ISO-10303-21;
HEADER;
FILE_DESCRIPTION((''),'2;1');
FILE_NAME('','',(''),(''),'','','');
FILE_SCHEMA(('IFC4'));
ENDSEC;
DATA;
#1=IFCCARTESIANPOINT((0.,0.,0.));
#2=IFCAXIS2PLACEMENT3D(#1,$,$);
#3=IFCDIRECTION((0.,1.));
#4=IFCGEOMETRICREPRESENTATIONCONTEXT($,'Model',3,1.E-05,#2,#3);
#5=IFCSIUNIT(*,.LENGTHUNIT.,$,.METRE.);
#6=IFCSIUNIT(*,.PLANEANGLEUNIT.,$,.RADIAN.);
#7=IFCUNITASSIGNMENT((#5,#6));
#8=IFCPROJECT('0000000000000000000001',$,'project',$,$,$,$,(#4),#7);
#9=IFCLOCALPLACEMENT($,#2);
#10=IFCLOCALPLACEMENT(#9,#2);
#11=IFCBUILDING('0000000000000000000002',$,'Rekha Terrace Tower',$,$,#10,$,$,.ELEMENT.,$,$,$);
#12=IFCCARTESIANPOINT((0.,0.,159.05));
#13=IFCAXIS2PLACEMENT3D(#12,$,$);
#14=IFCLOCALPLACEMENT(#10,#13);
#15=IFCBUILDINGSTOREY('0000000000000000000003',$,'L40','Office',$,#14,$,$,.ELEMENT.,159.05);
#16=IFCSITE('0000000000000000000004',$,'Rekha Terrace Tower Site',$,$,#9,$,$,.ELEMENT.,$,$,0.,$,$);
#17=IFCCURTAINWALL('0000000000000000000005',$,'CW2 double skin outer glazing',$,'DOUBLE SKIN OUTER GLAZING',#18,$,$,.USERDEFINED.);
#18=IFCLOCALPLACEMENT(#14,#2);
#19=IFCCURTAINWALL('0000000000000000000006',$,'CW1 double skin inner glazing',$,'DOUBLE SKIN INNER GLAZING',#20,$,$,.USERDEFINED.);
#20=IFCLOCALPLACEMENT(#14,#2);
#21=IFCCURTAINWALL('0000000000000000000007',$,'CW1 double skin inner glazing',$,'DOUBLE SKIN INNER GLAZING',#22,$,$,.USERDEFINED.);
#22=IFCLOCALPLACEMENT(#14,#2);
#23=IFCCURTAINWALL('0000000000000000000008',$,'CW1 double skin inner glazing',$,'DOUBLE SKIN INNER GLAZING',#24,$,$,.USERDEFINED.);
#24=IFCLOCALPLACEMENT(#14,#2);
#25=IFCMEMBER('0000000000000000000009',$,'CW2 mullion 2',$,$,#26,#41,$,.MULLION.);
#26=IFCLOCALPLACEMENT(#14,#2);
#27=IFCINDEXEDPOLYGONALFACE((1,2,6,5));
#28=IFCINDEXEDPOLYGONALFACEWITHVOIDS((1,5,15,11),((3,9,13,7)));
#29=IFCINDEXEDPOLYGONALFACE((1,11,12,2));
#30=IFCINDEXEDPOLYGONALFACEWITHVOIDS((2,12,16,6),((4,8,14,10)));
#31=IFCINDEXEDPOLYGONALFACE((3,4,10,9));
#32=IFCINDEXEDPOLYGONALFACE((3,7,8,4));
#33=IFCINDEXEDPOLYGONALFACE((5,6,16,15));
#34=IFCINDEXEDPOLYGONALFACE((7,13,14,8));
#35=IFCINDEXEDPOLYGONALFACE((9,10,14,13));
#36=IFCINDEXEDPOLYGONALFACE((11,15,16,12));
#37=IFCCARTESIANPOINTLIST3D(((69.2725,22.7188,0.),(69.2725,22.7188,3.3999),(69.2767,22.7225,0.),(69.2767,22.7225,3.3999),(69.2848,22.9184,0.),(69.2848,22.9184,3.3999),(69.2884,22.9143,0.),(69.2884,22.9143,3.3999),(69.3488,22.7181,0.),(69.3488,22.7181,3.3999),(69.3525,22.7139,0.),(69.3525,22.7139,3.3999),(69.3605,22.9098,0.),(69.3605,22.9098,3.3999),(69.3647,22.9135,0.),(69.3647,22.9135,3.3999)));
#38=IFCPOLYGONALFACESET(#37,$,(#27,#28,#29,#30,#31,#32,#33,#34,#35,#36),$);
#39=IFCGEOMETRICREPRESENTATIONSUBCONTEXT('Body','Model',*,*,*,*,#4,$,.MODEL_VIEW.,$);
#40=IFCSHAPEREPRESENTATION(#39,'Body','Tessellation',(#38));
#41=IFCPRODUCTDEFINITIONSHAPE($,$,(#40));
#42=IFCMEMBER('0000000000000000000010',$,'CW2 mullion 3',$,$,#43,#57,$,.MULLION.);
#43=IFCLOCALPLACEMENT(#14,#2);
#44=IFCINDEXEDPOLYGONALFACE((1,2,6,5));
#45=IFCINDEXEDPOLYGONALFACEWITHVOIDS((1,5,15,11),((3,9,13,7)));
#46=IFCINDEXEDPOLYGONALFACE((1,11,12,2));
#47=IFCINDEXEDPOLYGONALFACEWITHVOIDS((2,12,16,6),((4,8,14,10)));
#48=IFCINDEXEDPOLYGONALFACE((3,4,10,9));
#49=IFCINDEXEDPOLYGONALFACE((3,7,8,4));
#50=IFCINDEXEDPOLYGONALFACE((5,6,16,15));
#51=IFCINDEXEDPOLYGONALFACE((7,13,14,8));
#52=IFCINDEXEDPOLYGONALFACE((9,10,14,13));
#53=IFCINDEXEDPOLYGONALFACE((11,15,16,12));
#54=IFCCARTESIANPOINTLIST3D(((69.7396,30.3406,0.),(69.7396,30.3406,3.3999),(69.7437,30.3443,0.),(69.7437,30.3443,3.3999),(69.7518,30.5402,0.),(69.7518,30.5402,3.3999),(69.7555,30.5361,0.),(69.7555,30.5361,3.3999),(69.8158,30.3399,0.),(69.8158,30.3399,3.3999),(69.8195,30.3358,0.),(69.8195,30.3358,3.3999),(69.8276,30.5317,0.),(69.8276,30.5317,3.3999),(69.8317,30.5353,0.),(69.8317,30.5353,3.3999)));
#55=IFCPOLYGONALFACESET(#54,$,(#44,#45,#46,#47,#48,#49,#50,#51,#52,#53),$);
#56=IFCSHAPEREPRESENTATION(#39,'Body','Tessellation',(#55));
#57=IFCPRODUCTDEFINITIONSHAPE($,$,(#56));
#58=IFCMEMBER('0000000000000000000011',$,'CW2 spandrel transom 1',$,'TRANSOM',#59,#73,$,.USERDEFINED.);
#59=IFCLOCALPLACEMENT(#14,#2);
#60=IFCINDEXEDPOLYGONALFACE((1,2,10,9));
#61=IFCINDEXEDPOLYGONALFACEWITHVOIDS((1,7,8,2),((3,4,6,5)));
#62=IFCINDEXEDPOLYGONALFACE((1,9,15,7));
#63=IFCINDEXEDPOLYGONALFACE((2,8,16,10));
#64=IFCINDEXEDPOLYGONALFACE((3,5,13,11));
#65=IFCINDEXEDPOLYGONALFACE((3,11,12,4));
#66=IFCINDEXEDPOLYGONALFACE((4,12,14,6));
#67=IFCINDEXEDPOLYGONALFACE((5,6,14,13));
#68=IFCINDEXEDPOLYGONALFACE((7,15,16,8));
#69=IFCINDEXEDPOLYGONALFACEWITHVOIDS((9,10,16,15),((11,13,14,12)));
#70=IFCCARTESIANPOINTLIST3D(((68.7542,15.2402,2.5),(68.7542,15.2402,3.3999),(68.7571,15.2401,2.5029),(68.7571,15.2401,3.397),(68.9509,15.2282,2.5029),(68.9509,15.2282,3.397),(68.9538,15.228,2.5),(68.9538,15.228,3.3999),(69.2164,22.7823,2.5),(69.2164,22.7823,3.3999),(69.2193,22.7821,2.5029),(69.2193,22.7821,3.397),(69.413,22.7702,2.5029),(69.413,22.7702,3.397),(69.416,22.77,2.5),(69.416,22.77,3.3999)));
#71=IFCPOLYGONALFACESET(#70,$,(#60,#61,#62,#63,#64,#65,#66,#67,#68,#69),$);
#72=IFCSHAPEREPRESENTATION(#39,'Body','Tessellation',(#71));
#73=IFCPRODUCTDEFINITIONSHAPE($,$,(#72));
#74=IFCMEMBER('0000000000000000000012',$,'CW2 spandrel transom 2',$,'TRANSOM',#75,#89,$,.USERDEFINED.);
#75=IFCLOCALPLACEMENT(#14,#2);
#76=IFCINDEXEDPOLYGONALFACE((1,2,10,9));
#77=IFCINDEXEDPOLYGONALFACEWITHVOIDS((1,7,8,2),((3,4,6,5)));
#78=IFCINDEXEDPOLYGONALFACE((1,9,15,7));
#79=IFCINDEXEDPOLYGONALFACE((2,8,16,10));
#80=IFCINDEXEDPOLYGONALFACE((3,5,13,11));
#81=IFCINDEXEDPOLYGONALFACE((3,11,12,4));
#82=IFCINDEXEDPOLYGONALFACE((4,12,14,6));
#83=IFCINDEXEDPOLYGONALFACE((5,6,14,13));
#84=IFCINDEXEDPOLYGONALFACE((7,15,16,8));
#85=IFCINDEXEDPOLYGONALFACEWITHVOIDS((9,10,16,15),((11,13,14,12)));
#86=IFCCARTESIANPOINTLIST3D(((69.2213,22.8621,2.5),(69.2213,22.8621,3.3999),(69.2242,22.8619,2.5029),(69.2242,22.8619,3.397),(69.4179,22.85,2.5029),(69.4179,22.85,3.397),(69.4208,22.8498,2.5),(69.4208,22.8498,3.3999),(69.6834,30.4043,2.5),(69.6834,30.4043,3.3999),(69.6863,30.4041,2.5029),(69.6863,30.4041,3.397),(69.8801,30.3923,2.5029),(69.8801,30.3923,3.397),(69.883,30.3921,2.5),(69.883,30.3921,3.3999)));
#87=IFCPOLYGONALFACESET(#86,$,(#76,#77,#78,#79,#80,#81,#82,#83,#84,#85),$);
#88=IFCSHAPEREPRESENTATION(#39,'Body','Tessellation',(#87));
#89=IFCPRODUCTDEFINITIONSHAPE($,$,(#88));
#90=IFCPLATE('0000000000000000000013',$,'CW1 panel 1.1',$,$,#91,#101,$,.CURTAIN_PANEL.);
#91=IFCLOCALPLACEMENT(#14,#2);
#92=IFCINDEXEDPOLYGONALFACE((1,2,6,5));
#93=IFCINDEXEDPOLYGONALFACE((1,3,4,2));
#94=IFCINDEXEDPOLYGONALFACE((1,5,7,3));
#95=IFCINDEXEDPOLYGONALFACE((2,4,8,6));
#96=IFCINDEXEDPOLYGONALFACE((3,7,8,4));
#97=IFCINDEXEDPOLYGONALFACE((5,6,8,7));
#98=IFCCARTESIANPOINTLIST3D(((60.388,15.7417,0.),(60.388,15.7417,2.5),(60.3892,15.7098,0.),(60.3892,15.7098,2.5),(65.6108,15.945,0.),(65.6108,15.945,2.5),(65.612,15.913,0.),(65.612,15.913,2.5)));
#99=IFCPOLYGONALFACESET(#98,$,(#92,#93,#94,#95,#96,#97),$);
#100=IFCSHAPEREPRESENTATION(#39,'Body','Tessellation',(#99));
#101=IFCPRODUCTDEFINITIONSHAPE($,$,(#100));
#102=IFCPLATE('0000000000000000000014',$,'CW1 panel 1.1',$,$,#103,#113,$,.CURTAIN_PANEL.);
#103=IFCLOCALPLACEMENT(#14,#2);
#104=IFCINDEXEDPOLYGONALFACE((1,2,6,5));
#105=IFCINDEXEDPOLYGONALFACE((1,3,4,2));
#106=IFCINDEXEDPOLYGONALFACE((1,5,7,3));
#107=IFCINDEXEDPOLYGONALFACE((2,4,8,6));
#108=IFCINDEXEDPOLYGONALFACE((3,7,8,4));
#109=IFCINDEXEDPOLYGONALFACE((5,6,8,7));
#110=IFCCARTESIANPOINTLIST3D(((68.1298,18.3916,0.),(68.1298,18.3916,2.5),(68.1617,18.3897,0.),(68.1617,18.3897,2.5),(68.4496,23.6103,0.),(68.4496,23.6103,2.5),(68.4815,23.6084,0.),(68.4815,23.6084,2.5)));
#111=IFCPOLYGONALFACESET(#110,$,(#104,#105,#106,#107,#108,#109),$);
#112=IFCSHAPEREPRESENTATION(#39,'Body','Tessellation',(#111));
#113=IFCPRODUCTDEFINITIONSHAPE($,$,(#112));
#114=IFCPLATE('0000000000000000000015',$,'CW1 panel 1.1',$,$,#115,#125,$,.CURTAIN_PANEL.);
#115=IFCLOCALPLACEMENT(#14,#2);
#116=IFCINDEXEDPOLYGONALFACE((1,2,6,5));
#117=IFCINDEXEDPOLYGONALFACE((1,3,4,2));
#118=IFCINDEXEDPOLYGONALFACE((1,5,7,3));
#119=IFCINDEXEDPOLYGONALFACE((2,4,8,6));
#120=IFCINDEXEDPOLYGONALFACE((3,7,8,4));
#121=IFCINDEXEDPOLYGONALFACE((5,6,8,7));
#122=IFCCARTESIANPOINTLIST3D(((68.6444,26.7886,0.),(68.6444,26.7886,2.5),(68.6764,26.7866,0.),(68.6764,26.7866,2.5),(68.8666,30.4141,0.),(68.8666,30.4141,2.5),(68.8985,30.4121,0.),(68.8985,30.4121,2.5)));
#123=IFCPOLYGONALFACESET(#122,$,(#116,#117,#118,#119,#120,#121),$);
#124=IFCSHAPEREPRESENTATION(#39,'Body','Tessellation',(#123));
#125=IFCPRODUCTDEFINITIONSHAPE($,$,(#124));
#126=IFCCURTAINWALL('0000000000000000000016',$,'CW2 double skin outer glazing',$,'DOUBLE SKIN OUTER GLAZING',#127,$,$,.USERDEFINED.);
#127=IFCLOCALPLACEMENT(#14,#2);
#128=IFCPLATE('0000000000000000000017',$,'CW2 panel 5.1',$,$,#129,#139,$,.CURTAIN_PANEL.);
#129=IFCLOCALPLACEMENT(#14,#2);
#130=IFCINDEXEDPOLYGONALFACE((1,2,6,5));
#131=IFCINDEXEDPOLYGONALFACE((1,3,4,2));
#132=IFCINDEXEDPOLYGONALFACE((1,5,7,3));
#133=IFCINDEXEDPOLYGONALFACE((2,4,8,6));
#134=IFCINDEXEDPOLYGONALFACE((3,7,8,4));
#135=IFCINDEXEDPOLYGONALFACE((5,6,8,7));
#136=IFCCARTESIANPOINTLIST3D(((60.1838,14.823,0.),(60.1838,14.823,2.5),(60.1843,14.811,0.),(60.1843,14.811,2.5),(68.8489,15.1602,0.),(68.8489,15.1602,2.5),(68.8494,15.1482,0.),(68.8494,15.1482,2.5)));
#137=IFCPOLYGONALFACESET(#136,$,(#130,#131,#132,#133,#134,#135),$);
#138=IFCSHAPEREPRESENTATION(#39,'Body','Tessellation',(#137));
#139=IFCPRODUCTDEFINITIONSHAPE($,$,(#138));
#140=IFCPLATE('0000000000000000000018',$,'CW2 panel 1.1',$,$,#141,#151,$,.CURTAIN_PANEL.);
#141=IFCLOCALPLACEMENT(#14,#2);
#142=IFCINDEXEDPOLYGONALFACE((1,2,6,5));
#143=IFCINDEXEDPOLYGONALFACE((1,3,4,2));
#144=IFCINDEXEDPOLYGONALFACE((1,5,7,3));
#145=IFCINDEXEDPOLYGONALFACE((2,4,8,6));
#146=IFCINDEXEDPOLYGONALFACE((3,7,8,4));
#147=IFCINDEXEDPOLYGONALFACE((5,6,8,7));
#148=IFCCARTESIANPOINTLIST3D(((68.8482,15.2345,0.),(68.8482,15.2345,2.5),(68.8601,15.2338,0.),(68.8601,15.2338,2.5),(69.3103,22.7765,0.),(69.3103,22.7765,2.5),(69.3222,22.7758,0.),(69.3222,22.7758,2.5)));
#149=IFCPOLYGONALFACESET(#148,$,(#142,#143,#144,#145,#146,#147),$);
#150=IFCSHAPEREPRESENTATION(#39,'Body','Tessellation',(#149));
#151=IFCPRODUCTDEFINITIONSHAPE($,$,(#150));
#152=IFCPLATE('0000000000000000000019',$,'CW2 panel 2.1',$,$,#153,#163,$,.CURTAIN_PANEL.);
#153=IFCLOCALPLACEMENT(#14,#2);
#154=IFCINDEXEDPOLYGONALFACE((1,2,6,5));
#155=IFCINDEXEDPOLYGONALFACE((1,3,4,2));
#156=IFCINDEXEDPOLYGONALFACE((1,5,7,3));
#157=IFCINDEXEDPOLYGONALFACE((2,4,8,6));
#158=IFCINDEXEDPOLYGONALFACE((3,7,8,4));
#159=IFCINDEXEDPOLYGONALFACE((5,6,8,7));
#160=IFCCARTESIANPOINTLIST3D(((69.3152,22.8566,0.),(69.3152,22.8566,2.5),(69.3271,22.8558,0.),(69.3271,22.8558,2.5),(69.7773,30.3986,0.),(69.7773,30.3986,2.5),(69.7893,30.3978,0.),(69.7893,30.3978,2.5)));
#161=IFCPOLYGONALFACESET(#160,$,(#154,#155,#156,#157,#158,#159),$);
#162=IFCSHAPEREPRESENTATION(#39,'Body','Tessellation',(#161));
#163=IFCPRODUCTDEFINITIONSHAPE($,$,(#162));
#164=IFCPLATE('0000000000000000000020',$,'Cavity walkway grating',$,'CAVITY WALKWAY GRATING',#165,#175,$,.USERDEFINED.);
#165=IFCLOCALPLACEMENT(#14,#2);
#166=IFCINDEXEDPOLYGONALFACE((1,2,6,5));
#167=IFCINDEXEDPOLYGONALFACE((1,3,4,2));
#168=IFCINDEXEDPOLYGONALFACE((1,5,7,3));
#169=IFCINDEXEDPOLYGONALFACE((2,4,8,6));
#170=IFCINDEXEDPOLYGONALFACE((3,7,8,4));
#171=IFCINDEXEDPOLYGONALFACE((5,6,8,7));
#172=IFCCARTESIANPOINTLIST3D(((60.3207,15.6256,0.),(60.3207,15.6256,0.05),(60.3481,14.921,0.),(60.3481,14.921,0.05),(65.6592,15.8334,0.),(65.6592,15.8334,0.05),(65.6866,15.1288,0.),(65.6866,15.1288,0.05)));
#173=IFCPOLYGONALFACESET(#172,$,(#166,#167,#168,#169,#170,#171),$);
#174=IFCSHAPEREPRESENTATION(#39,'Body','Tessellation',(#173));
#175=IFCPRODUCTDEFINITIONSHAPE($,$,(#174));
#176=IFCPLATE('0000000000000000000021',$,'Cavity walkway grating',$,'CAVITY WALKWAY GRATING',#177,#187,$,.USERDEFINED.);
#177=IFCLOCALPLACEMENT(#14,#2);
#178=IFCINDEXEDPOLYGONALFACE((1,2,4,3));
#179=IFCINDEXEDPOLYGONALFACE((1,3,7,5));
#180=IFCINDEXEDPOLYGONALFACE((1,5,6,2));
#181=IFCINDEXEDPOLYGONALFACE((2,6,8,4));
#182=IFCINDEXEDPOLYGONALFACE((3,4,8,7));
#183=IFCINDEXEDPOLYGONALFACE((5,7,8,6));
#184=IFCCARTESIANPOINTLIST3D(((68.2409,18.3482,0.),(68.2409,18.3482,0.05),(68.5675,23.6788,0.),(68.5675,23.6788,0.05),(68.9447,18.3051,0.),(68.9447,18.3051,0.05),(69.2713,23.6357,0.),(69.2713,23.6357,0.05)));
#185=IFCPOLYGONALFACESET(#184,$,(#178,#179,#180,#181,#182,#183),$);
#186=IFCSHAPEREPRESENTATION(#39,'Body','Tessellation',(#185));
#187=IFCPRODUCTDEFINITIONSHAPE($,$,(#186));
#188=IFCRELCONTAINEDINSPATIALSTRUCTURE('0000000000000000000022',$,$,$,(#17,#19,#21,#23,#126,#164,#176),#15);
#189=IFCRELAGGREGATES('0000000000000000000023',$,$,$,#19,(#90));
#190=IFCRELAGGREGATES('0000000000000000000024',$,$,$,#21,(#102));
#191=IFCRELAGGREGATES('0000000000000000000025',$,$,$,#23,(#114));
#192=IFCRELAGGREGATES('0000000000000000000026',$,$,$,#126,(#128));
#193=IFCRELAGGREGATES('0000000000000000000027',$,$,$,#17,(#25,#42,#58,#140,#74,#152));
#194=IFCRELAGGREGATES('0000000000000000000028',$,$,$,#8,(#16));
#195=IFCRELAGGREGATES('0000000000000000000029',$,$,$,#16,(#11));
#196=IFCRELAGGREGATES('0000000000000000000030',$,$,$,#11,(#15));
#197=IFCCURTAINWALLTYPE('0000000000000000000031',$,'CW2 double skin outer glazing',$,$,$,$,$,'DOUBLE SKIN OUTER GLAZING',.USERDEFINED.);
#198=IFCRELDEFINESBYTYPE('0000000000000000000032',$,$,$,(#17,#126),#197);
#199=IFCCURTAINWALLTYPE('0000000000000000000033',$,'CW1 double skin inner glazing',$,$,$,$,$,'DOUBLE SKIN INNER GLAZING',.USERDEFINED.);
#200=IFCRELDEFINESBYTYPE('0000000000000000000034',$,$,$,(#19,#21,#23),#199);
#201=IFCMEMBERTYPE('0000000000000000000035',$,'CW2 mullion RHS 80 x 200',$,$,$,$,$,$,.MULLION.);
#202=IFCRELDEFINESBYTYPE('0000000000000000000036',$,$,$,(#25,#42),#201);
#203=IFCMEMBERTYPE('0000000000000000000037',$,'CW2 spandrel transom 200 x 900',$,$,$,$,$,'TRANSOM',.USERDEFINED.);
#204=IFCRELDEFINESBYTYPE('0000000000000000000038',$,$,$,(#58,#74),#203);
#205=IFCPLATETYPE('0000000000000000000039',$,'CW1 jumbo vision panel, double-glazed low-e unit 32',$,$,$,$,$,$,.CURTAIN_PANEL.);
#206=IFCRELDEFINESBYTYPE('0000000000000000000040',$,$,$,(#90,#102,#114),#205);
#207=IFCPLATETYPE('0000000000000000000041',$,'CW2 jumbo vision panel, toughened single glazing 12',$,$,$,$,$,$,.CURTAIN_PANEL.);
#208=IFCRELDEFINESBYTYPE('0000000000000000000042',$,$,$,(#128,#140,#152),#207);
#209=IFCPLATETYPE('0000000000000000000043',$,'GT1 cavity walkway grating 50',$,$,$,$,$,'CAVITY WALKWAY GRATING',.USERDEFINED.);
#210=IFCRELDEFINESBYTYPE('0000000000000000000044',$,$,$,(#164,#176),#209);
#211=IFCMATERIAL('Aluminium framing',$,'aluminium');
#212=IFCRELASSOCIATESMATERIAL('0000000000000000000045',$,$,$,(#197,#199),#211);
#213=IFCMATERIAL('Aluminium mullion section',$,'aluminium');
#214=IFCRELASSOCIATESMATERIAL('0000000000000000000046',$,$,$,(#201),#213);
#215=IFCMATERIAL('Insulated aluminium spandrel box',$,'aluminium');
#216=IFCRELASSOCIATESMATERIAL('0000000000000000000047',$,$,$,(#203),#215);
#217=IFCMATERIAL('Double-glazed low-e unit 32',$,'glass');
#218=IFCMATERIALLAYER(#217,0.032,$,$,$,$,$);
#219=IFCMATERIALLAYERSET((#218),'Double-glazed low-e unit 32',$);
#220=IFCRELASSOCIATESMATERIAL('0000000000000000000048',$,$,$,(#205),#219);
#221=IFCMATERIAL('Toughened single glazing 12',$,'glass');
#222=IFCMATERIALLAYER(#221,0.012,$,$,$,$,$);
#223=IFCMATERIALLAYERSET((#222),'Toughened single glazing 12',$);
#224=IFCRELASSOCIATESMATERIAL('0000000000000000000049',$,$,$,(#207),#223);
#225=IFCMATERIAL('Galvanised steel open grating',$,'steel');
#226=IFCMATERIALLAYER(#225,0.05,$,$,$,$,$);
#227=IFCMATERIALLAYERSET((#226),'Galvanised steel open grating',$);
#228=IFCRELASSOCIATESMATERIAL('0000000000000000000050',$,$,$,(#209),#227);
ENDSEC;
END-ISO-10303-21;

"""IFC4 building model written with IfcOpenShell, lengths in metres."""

from ifc_helpers import new_model, si_unit, direction, frame, origin, origin_2d, place, context, subcontext, project, spatial, rectangle, hollow_rectangle, extrude, material, layer, layer_set, material_profile, profile_set, type_object, element, aggregate, save


model = new_model("IFC4")

# Units and contexts
model_context = context("Model", 3, precision=1e-05, world=origin(), true_north=direction((0.0, 1.0)))
body_context = subcontext(model_context, "Body", "Model", "MODEL_VIEW")
ifc_project = project(units=[si_unit("LENGTHUNIT", "METRE"), si_unit("PLANEANGLEUNIT", "RADIAN")], contexts=[model_context])

# Site, building, storey
site_placement = place(None, origin())
site = spatial("IfcSite", under=ifc_project, at=site_placement, Name="Rekha Terrace Tower Site", CompositionType="ELEMENT", RefElevation=0.0)
building_placement = place(site_placement, origin())
building = spatial("IfcBuilding", under=site, at=building_placement, Name="Rekha Terrace Tower", CompositionType="ELEMENT")
storey_placement = place(building_placement, frame((0.0, 0.0, 159.05)))
storey = spatial("IfcBuildingStorey", under=building, at=storey_placement, Name="L40", Description="Office", CompositionType="ELEMENT", Elevation=159.05)

# Curtain walls
ifc_material_1 = material(Name="Aluminium framing", Category="aluminium")
curtain_wall_type_1 = type_object("IfcCurtainWallType", Name="CW2 double skin outer glazing", ElementType="DOUBLE SKIN OUTER GLAZING", PredefinedType="USERDEFINED", material=ifc_material_1)
curtain_wall_1_placement = place(storey_placement, origin())
curtain_wall_1 = element("IfcCurtainWall", 1, at=curtain_wall_1_placement, inside=storey, type_object=curtain_wall_type_1, Name="CW2 double skin outer glazing", ObjectType="DOUBLE SKIN OUTER GLAZING", PredefinedType="USERDEFINED")
curtain_wall_type_2 = type_object("IfcCurtainWallType", Name="CW1 double skin inner glazing", ElementType="DOUBLE SKIN INNER GLAZING", PredefinedType="USERDEFINED", material=ifc_material_1)
curtain_wall_2_placement = place(storey_placement, origin())
curtain_wall_2 = element("IfcCurtainWall", 2, at=curtain_wall_2_placement, inside=storey, type_object=curtain_wall_type_2, Name="CW1 double skin inner glazing", ObjectType="DOUBLE SKIN INNER GLAZING", PredefinedType="USERDEFINED")
ifc_material_2 = material(Name="Aluminium mullion section", Category="aluminium")

# Curtain walls
curtain_wall_3_placement = place(storey_placement, origin())
curtain_wall_3 = element("IfcCurtainWall", 3, at=curtain_wall_3_placement, inside=storey, type_object=curtain_wall_type_2, Name="CW1 double skin inner glazing", ObjectType="DOUBLE SKIN INNER GLAZING", PredefinedType="USERDEFINED")
curtain_wall_4_placement = place(storey_placement, origin())
curtain_wall_4 = element("IfcCurtainWall", 4, at=curtain_wall_4_placement, inside=storey, type_object=curtain_wall_type_2, Name="CW1 double skin inner glazing", ObjectType="DOUBLE SKIN INNER GLAZING", PredefinedType="USERDEFINED")

# Members
ifc_material_3 = material(Name="Insulated aluminium spandrel box", Category="aluminium")
ifc_material_profile_1 = material_profile(ifc_material_2, hollow_rectangle(XDim=0.0801, YDim=0.2, WallThickness=0.0039, at=origin_2d()), Name="AL RHS 80x200")
ifc_profile_set_1 = profile_set([ifc_material_profile_1], Name="Aluminium mullion section")
member_type_1 = type_object("IfcMemberType", Name="CW2 mullion RHS 80 x 200", PredefinedType="MULLION", material=ifc_profile_set_1)
member_1_placement = place(storey_placement, frame((69.3186, 22.8162, 0.0), z_axis=(0.0, 0.0, 1.0), x_axis=(-0.998128, 0.06116, 0.0)))
member_1 = element("IfcMember", 5, at=member_1_placement, type_object=member_type_1, Name="CW2 mullion 2", PredefinedType="MULLION", context=body_context, shape_type="SweptSolid", body=[
    extrude(hollow_rectangle(XDim=0.0801, YDim=0.2, WallThickness=0.0039, at=origin_2d()), origin(), (0.0, 0.0, 1.0), 3.3999),
])
member_2_placement = place(storey_placement, frame((69.7856, 30.438, 0.0), z_axis=(0.0, 0.0, 1.0), x_axis=(-0.998128, 0.06116, 0.0)))
member_2 = element("IfcMember", 6, at=member_2_placement, type_object=member_type_1, Name="CW2 mullion 3", PredefinedType="MULLION", context=body_context, shape_type="SweptSolid", body=[
    extrude(hollow_rectangle(XDim=0.0801, YDim=0.2, WallThickness=0.0039, at=origin_2d()), origin(), (0.0, 0.0, 1.0), 3.3999),
])
ifc_material_profile_2 = material_profile(ifc_material_3, hollow_rectangle(XDim=0.2, YDim=0.8999, WallThickness=0.0029, at=origin_2d()), Name="AL SPANDREL BOX 200x900")
ifc_profile_set_2 = profile_set([ifc_material_profile_2], Name="Insulated aluminium spandrel box")
member_type_2 = type_object("IfcMemberType", Name="CW2 spandrel transom 200 x 900", ElementType="TRANSOM", PredefinedType="USERDEFINED", material=ifc_profile_set_2)
member_3_placement = place(storey_placement, frame((68.854, 15.2341, 2.95), z_axis=(0.061163, 0.998128, 0.0), x_axis=(-0.998128, 0.061163, 0.0)))
member_3 = element("IfcMember", 7, at=member_3_placement, type_object=member_type_2, Name="CW2 spandrel transom 1", ObjectType="TRANSOM", PredefinedType="USERDEFINED", context=body_context, shape_type="SweptSolid", body=[
    extrude(hollow_rectangle(XDim=0.2, YDim=0.8999, WallThickness=0.0029, at=origin_2d()), origin(), (0.0, 0.0, 1.0), 7.5562),
])
member_4_placement = place(storey_placement, frame((69.321, 22.856, 2.95), z_axis=(0.061161, 0.998128, 0.0), x_axis=(-0.998128, 0.061161, 0.0)))
member_4 = element("IfcMember", 8, at=member_4_placement, type_object=member_type_2, Name="CW2 spandrel transom 2", ObjectType="TRANSOM", PredefinedType="USERDEFINED", context=body_context, shape_type="SweptSolid", body=[
    extrude(hollow_rectangle(XDim=0.2, YDim=0.8999, WallThickness=0.0029, at=origin_2d()), origin(), (0.0, 0.0, 1.0), 7.5564),
])

# Plates
ifc_material_4 = material(Name="Double-glazed low-e unit 32", Category="glass")
ifc_layer_1 = layer(ifc_material_4, 0.032)
ifc_layer_set_1 = layer_set([ifc_layer_1], Name="Double-glazed low-e unit 32")
plate_type_1 = type_object("IfcPlateType", Name="CW1 jumbo vision panel, double-glazed low-e unit 32", PredefinedType="CURTAIN_PANEL", material=ifc_layer_set_1)
plate_1_placement = place(storey_placement, frame((63.0, 15.8274, 0.0), z_axis=(0.0, 0.0, 1.0), x_axis=(0.999243, 0.03889, 0.0)))
plate_1 = element("IfcPlate", 9, at=plate_1_placement, type_object=plate_type_1, Name="CW1 panel 1.1", PredefinedType="CURTAIN_PANEL", context=body_context, shape_type="SweptSolid", body=[
    extrude(rectangle(XDim=5.2268, YDim=0.032, at=origin_2d()), origin(), (0.0, 0.0, 1.0), 2.5),
])
aggregate(curtain_wall_2, [plate_1])
plate_2_placement = place(storey_placement, frame((68.3057, 21.0, 0.0), z_axis=(0.0, 0.0, 1.0), x_axis=(0.06116, 0.998128, 0.0)))
plate_2 = element("IfcPlate", 10, at=plate_2_placement, type_object=plate_type_1, Name="CW1 panel 1.1", PredefinedType="CURTAIN_PANEL", context=body_context, shape_type="SweptSolid", body=[
    extrude(rectangle(XDim=5.2285, YDim=0.032, at=origin_2d()), origin(), (0.0, 0.0, 1.0), 2.5),
])
aggregate(curtain_wall_3, [plate_2])
plate_3_placement = place(storey_placement, frame((68.7715, 28.6003, 0.0), z_axis=(0.0, 0.0, 1.0), x_axis=(0.06116, 0.998128, 0.0)))
plate_3 = element("IfcPlate", 11, at=plate_3_placement, type_object=plate_type_1, Name="CW1 panel 1.1", PredefinedType="CURTAIN_PANEL", context=body_context, shape_type="SweptSolid", body=[
    extrude(rectangle(XDim=3.6323, YDim=0.032, at=origin_2d()), origin(), (0.0, 0.0, 1.0), 2.5),
])
aggregate(curtain_wall_4, [plate_3])

# Curtain wall, plate
curtain_wall_5_placement = place(storey_placement, origin())
curtain_wall_5 = element("IfcCurtainWall", 12, at=curtain_wall_5_placement, inside=storey, type_object=curtain_wall_type_1, Name="CW2 double skin outer glazing", ObjectType="DOUBLE SKIN OUTER GLAZING", PredefinedType="USERDEFINED")
ifc_material_5 = material(Name="Toughened single glazing 12", Category="glass")
ifc_layer_2 = layer(ifc_material_5, 0.012)
ifc_layer_set_2 = layer_set([ifc_layer_2], Name="Toughened single glazing 12")
plate_type_2 = type_object("IfcPlateType", Name="CW2 jumbo vision panel, toughened single glazing 12", PredefinedType="CURTAIN_PANEL", material=ifc_layer_set_2)
plate_4_placement = place(storey_placement, frame((64.5166, 14.9856, 0.0), z_axis=(0.0, 0.0, 1.0), x_axis=(0.999243, 0.03889, 0.0)))
plate_4 = element("IfcPlate", 13, at=plate_4_placement, type_object=plate_type_2, Name="CW2 panel 5.1", PredefinedType="CURTAIN_PANEL", context=body_context, shape_type="SweptSolid", body=[
    extrude(rectangle(XDim=8.6716, YDim=0.012, at=origin_2d()), origin(), (0.0, 0.0, 1.0), 2.5),
])
aggregate(curtain_wall_5, [plate_4])

# Plates
plate_5_placement = place(storey_placement, frame((69.0852, 19.0051, 0.0), z_axis=(0.0, 0.0, 1.0), x_axis=(0.06116, 0.998128, 0.0)))
plate_5 = element("IfcPlate", 14, at=plate_5_placement, type_object=plate_type_2, Name="CW2 panel 1.1", PredefinedType="CURTAIN_PANEL", context=body_context, shape_type="SweptSolid", body=[
    extrude(rectangle(XDim=7.5562, YDim=0.012, at=origin_2d()), origin(), (0.0, 0.0, 1.0), 2.5),
])
plate_6_placement = place(storey_placement, frame((69.5522, 26.6272, 0.0), z_axis=(0.0, 0.0, 1.0), x_axis=(0.06116, 0.998128, 0.0)))
plate_6 = element("IfcPlate", 15, at=plate_6_placement, type_object=plate_type_2, Name="CW2 panel 2.1", PredefinedType="CURTAIN_PANEL", context=body_context, shape_type="SweptSolid", body=[
    extrude(rectangle(XDim=7.5562, YDim=0.012, at=origin_2d()), origin(), (0.0, 0.0, 1.0), 2.5),
])
aggregate(curtain_wall_1, [member_1, member_2, member_3, plate_5, member_4, plate_6])

# Plates
ifc_material_6 = material(Name="Galvanised steel open grating", Category="steel")
ifc_layer_3 = layer(ifc_material_6, 0.05)
ifc_layer_set_3 = layer_set([ifc_layer_3], Name="Galvanised steel open grating")
plate_type_3 = type_object("IfcPlateType", Name="GT1 cavity walkway grating 50", ElementType="CAVITY WALKWAY GRATING", PredefinedType="USERDEFINED", material=ifc_layer_set_3)
plate_7_placement = place(storey_placement, frame((63.0037, 15.3772, 0.0), z_axis=(0.0, 0.0, 1.0), x_axis=(0.999243, 0.03889, 0.0)))
element("IfcPlate", 16, at=plate_7_placement, inside=storey, type_object=plate_type_3, Name="Cavity walkway grating", ObjectType="CAVITY WALKWAY GRATING", PredefinedType="USERDEFINED", context=body_context, shape_type="SweptSolid", body=[
    extrude(rectangle(XDim=5.3425, YDim=0.7051, at=origin_2d()), origin(), (0.0, 0.0, 1.0), 0.05),
])
plate_8_placement = place(storey_placement, frame((68.7561, 20.9919, 0.0), z_axis=(0.0, 0.0, 1.0), x_axis=(0.06116, 0.998128, 0.0)))
element("IfcPlate", 17, at=plate_8_placement, inside=storey, type_object=plate_type_3, Name="Cavity walkway grating", ObjectType="CAVITY WALKWAY GRATING", PredefinedType="USERDEFINED", context=body_context, shape_type="SweptSolid", body=[
    extrude(rectangle(XDim=5.3406, YDim=0.7051, at=origin_2d()), origin(), (0.0, 0.0, 1.0), 0.05),
])

save(model, "model.ifc")
